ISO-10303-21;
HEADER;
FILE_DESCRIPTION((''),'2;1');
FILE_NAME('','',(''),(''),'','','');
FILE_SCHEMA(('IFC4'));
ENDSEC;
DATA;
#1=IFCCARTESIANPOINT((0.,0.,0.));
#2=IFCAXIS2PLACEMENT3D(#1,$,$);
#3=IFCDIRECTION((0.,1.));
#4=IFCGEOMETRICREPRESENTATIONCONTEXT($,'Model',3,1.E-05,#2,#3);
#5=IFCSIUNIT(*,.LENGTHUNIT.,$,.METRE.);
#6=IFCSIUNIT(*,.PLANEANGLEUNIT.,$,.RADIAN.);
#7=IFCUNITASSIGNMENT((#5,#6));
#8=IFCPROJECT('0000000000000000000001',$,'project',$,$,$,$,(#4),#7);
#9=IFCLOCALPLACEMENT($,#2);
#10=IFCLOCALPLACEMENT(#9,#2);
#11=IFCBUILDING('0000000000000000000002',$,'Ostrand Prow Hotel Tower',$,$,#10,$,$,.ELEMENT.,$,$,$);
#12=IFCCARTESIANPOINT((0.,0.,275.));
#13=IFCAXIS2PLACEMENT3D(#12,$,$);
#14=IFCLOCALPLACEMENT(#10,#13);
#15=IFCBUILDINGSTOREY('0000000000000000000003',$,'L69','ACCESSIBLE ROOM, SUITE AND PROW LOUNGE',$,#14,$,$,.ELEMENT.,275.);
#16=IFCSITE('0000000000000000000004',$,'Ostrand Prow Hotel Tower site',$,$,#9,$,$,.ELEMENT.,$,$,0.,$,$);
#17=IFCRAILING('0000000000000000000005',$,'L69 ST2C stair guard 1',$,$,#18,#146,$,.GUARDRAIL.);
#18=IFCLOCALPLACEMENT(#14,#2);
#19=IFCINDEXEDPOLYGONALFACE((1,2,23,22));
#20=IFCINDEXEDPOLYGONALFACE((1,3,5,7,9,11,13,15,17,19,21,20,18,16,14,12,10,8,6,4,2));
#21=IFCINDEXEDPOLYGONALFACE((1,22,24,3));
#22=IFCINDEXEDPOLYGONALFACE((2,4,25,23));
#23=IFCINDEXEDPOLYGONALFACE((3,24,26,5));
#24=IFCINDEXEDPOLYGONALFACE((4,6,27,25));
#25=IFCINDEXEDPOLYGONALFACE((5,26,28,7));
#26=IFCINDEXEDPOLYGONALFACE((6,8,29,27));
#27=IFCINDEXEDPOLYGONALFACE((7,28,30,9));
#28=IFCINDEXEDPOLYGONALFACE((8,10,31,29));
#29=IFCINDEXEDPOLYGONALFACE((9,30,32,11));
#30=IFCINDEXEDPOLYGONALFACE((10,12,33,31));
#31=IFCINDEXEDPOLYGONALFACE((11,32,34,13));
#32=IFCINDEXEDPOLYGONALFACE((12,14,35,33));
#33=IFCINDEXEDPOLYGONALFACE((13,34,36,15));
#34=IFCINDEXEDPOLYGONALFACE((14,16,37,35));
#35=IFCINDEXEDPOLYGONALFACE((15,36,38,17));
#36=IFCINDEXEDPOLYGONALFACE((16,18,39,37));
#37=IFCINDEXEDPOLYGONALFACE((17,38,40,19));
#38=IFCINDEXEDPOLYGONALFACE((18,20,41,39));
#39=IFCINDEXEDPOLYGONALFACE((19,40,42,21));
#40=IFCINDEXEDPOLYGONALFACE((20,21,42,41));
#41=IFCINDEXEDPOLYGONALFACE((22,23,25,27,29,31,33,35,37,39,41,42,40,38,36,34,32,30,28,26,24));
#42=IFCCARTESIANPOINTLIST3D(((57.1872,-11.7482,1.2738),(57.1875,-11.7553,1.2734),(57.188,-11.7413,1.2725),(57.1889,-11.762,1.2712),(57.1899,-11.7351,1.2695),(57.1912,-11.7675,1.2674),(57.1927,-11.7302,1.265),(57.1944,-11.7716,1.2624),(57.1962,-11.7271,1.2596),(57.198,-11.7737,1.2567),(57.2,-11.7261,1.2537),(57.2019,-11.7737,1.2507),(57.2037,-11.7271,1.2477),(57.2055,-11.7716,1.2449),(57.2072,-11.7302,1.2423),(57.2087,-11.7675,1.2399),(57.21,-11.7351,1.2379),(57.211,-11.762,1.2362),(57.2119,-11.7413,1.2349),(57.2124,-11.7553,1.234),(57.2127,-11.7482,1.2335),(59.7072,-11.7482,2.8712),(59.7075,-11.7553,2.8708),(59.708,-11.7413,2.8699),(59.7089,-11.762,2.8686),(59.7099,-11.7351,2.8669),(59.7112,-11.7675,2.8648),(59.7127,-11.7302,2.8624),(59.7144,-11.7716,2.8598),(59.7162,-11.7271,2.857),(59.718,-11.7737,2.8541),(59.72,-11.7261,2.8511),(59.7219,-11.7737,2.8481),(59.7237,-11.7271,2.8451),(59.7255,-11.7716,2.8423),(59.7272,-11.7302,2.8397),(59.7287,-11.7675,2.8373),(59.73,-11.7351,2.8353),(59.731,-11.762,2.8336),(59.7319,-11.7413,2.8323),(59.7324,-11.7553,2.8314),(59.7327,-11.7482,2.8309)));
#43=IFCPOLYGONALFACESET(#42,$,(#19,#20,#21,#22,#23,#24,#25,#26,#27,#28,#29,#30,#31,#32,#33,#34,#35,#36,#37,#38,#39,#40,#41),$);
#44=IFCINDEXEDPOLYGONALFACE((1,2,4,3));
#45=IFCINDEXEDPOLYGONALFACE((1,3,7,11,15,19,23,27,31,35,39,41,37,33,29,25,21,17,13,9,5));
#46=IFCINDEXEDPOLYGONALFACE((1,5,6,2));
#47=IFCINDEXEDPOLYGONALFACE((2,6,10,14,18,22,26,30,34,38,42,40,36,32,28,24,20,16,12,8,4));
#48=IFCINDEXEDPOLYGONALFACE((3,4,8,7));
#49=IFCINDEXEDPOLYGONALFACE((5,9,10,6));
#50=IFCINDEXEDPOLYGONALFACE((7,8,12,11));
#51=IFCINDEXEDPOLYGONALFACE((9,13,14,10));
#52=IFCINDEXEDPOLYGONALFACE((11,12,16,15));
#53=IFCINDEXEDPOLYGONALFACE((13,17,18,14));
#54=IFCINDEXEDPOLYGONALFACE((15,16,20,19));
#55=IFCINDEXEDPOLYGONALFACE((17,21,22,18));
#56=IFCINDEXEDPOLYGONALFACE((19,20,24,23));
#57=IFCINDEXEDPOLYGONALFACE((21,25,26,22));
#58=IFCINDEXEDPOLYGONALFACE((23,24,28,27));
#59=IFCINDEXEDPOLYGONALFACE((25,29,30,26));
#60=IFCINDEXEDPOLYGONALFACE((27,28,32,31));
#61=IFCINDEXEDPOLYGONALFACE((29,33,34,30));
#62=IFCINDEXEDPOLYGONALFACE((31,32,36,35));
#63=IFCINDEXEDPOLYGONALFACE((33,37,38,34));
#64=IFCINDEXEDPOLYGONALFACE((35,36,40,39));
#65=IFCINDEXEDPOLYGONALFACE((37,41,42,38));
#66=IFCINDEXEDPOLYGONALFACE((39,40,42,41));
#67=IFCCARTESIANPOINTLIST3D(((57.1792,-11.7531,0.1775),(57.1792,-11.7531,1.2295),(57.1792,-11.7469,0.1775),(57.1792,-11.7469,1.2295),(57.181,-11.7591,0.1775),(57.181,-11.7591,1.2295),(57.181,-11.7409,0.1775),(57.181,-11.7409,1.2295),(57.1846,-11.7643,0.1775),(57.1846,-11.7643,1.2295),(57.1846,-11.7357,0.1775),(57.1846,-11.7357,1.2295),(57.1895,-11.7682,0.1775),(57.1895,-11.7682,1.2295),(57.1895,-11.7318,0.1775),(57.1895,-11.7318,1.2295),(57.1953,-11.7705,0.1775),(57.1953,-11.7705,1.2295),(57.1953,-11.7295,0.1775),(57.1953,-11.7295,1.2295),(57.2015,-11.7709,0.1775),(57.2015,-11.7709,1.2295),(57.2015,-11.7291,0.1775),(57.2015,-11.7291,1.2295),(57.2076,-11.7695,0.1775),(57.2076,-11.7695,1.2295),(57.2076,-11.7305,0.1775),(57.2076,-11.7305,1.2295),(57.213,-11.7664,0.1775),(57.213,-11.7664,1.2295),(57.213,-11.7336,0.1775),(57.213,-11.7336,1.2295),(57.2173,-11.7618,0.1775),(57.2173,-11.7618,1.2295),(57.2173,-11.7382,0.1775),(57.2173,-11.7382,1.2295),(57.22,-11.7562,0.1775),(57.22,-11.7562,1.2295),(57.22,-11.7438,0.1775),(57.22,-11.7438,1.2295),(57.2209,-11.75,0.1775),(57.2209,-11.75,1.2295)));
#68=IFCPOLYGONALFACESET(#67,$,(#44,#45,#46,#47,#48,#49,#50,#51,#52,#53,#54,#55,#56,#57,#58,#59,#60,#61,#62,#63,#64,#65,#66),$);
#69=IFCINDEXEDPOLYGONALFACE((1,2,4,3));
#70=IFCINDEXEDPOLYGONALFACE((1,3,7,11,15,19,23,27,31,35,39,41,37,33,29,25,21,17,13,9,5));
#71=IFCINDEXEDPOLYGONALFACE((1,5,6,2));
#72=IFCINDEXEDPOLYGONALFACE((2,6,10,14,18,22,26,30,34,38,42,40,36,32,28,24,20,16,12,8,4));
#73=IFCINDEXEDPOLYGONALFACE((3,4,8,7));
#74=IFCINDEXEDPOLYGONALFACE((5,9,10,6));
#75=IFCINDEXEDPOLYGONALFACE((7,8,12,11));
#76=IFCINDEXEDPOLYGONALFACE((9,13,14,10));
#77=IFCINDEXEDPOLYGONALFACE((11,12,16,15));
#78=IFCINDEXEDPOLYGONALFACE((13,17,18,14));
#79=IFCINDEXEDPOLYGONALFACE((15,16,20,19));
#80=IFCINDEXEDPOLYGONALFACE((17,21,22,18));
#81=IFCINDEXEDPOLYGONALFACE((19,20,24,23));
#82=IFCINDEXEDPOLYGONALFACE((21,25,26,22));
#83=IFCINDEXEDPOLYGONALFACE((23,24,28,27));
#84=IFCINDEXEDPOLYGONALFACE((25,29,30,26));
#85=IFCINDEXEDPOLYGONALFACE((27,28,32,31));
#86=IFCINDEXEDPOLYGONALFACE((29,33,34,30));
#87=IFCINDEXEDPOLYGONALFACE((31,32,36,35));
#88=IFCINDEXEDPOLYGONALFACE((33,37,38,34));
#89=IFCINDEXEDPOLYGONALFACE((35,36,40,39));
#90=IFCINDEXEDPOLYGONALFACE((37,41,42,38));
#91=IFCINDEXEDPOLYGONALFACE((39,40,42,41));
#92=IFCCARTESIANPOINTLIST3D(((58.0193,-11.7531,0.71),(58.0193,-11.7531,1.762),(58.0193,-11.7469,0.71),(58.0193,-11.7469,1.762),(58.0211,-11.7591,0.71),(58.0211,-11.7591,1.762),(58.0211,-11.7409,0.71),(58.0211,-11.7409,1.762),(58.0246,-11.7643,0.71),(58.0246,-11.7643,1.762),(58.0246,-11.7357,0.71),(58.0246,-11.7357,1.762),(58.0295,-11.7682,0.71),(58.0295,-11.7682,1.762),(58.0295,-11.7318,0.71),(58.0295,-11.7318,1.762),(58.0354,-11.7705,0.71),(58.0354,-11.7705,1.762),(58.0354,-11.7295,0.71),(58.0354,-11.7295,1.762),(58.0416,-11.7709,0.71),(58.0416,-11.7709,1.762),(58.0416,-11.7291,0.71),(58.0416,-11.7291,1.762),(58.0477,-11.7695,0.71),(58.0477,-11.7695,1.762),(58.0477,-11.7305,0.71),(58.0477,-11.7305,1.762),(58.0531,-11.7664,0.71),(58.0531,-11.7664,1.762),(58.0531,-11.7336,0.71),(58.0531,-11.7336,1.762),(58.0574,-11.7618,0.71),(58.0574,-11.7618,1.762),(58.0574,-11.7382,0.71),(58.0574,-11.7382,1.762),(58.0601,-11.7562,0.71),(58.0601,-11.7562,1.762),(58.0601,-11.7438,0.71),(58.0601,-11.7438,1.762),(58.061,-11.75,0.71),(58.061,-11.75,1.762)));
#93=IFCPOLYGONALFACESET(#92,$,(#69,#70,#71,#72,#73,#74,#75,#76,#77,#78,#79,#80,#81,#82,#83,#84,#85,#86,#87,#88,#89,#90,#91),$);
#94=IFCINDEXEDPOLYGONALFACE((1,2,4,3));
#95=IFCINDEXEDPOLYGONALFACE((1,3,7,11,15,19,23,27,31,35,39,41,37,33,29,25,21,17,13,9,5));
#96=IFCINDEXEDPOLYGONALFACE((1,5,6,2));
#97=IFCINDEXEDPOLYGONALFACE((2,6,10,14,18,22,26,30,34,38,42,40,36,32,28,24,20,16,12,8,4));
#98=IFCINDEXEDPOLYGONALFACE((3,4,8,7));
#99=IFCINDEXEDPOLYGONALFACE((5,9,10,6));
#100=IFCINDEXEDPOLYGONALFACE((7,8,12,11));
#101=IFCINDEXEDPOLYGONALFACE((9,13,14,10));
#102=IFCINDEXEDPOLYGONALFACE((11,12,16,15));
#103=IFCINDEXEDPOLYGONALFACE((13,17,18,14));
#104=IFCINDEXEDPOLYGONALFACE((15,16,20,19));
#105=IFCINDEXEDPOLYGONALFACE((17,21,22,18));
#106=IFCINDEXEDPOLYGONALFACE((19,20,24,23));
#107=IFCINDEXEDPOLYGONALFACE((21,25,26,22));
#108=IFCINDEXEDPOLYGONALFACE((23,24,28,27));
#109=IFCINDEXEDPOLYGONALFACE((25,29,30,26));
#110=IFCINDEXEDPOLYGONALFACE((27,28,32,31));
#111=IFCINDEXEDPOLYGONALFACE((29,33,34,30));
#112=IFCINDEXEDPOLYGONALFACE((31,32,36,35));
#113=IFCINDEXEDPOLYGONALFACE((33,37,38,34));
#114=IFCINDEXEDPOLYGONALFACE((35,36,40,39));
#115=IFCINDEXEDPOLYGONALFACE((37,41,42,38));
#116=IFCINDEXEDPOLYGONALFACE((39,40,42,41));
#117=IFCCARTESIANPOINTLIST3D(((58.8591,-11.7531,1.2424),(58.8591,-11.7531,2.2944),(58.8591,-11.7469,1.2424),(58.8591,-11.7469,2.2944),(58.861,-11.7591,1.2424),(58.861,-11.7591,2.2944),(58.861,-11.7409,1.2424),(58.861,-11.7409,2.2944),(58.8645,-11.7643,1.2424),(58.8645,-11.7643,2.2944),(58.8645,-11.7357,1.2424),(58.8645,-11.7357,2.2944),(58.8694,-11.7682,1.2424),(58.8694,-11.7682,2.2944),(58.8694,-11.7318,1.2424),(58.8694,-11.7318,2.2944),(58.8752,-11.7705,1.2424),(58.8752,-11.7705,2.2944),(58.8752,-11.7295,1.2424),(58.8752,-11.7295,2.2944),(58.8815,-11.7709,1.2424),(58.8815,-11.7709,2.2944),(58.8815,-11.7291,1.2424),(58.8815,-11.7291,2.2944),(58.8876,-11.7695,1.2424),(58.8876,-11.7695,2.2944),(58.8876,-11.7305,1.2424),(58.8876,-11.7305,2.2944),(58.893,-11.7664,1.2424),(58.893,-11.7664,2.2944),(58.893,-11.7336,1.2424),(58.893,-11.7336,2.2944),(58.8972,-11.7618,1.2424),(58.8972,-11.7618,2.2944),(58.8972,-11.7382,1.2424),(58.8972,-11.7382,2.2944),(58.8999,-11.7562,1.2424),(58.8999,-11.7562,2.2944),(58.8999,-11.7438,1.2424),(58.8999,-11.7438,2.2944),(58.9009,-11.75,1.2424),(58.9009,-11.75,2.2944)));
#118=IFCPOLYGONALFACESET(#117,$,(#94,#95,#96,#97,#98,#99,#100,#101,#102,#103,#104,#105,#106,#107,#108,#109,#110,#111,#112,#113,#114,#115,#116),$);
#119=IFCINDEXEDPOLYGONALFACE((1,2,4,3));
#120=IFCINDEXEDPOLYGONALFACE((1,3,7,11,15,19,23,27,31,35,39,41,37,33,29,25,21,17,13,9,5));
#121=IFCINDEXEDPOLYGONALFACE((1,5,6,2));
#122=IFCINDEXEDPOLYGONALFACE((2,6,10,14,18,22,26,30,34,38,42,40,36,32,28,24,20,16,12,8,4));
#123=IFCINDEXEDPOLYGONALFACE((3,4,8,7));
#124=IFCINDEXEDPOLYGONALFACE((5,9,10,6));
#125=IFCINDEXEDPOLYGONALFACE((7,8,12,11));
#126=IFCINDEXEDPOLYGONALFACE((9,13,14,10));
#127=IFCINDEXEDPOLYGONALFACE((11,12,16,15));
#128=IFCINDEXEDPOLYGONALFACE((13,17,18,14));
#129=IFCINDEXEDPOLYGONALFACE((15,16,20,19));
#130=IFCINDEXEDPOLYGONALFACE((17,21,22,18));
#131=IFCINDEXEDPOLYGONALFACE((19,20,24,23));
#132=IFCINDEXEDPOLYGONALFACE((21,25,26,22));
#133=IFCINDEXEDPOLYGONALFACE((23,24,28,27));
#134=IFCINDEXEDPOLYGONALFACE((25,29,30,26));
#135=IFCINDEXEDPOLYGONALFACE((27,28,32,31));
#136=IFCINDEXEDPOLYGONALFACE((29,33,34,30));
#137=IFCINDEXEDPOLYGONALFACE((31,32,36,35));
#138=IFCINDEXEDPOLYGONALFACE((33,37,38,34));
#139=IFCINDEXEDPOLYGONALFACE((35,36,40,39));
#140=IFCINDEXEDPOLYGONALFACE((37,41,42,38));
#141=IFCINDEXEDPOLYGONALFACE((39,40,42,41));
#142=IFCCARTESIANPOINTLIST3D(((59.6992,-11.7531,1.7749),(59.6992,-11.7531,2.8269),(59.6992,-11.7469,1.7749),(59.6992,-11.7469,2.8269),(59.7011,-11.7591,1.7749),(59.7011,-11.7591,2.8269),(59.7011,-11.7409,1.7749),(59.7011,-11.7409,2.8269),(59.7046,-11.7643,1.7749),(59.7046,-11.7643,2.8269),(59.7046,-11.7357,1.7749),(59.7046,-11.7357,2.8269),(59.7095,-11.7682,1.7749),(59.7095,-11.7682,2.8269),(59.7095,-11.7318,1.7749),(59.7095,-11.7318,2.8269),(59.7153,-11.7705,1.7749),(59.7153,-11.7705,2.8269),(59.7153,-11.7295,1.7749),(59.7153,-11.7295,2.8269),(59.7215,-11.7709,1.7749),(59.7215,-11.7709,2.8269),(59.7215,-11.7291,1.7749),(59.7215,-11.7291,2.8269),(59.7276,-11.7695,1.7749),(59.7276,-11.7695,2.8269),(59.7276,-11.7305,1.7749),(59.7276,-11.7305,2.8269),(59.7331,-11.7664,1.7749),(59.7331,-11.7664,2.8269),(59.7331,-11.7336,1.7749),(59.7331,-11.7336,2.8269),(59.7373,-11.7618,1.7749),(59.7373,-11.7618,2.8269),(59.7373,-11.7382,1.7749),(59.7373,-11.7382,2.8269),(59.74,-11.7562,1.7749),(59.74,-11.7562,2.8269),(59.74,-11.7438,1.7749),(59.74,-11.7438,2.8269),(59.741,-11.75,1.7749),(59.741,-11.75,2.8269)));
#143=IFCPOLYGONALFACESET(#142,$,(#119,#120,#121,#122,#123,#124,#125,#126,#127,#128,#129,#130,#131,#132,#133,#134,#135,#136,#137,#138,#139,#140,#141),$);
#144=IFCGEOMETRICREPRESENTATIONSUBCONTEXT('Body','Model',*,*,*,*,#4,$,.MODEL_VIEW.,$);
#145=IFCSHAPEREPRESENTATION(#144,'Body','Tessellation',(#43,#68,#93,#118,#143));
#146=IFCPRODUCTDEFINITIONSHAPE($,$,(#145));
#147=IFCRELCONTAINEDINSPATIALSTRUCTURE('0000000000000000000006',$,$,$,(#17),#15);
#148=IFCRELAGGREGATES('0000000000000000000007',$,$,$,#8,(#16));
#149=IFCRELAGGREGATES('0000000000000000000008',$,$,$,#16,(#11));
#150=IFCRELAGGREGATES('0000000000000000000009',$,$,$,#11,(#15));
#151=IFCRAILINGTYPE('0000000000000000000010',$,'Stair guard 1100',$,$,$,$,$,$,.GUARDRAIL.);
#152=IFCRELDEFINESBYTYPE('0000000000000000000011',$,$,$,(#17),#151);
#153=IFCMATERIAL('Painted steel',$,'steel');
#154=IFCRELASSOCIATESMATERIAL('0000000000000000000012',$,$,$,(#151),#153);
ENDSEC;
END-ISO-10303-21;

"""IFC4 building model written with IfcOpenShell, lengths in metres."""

from ifc_helpers import new_model, si_unit, direction, frame, origin, origin_2d, place, context, subcontext, project, spatial, circle, extrude, material, type_object, element, save


model = new_model("IFC4")

# Units and contexts
model_context = context("Model", 3, precision=1e-05, world=origin(), true_north=direction((0.0, 1.0)))
body_context = subcontext(model_context, "Body", "Model", "MODEL_VIEW")
ifc_project = project(units=[si_unit("LENGTHUNIT", "METRE"), si_unit("PLANEANGLEUNIT", "RADIAN")], contexts=[model_context])

# Site, building, storey
site_placement = place(None, origin())
site = spatial("IfcSite", under=ifc_project, at=site_placement, Name="Ostrand Prow Hotel Tower site", CompositionType="ELEMENT", RefElevation=0.0)
building_placement = place(site_placement, origin())
building = spatial("IfcBuilding", under=site, at=building_placement, Name="Ostrand Prow Hotel Tower", CompositionType="ELEMENT")
storey_placement = place(building_placement, frame((0.0, 0.0, 275.0)))
storey = spatial("IfcBuildingStorey", under=building, at=storey_placement, Name="L69", Description="ACCESSIBLE ROOM, SUITE AND PROW LOUNGE", CompositionType="ELEMENT", Elevation=275.0)

# Railing
ifc_material_1 = material(Name="Painted steel", Category="steel")
railing_type_1 = type_object("IfcRailingType", Name="Stair guard 1100", PredefinedType="GUARDRAIL", material=ifc_material_1)
railing_1_placement = place(storey_placement, frame((57.2, -11.75, 0.1775)))
element("IfcRailing", 1, at=railing_1_placement, inside=storey, type_object=railing_type_1, Name="L69 ST2C stair guard 1", PredefinedType="GUARDRAIL", context=body_context, shape_type="SweptSolid", body=[
    extrude(circle(Radius=0.0239, at=origin_2d()), frame((0.0, 0.0, 1.0762), z_axis=(0.844607, 0.0, 0.535387), x_axis=(0.0, 1.0, 0.0)), (0.0, 0.0, 1.0), 2.9836),
    extrude(circle(Radius=0.021, at=origin_2d()), origin(), (0.0, 0.0, 1.0), 1.052),
    extrude(circle(Radius=0.021, at=origin_2d()), frame((0.8401, 0.0, 0.5325)), (0.0, 0.0, 1.0), 1.052),
    extrude(circle(Radius=0.021, at=origin_2d()), frame((1.6799, 0.0, 1.0649)), (0.0, 0.0, 1.0), 1.052),
    extrude(circle(Radius=0.021, at=origin_2d()), frame((2.52, 0.0, 1.5974)), (0.0, 0.0, 1.0), 1.052),
])

save(model, "model.ifc")
